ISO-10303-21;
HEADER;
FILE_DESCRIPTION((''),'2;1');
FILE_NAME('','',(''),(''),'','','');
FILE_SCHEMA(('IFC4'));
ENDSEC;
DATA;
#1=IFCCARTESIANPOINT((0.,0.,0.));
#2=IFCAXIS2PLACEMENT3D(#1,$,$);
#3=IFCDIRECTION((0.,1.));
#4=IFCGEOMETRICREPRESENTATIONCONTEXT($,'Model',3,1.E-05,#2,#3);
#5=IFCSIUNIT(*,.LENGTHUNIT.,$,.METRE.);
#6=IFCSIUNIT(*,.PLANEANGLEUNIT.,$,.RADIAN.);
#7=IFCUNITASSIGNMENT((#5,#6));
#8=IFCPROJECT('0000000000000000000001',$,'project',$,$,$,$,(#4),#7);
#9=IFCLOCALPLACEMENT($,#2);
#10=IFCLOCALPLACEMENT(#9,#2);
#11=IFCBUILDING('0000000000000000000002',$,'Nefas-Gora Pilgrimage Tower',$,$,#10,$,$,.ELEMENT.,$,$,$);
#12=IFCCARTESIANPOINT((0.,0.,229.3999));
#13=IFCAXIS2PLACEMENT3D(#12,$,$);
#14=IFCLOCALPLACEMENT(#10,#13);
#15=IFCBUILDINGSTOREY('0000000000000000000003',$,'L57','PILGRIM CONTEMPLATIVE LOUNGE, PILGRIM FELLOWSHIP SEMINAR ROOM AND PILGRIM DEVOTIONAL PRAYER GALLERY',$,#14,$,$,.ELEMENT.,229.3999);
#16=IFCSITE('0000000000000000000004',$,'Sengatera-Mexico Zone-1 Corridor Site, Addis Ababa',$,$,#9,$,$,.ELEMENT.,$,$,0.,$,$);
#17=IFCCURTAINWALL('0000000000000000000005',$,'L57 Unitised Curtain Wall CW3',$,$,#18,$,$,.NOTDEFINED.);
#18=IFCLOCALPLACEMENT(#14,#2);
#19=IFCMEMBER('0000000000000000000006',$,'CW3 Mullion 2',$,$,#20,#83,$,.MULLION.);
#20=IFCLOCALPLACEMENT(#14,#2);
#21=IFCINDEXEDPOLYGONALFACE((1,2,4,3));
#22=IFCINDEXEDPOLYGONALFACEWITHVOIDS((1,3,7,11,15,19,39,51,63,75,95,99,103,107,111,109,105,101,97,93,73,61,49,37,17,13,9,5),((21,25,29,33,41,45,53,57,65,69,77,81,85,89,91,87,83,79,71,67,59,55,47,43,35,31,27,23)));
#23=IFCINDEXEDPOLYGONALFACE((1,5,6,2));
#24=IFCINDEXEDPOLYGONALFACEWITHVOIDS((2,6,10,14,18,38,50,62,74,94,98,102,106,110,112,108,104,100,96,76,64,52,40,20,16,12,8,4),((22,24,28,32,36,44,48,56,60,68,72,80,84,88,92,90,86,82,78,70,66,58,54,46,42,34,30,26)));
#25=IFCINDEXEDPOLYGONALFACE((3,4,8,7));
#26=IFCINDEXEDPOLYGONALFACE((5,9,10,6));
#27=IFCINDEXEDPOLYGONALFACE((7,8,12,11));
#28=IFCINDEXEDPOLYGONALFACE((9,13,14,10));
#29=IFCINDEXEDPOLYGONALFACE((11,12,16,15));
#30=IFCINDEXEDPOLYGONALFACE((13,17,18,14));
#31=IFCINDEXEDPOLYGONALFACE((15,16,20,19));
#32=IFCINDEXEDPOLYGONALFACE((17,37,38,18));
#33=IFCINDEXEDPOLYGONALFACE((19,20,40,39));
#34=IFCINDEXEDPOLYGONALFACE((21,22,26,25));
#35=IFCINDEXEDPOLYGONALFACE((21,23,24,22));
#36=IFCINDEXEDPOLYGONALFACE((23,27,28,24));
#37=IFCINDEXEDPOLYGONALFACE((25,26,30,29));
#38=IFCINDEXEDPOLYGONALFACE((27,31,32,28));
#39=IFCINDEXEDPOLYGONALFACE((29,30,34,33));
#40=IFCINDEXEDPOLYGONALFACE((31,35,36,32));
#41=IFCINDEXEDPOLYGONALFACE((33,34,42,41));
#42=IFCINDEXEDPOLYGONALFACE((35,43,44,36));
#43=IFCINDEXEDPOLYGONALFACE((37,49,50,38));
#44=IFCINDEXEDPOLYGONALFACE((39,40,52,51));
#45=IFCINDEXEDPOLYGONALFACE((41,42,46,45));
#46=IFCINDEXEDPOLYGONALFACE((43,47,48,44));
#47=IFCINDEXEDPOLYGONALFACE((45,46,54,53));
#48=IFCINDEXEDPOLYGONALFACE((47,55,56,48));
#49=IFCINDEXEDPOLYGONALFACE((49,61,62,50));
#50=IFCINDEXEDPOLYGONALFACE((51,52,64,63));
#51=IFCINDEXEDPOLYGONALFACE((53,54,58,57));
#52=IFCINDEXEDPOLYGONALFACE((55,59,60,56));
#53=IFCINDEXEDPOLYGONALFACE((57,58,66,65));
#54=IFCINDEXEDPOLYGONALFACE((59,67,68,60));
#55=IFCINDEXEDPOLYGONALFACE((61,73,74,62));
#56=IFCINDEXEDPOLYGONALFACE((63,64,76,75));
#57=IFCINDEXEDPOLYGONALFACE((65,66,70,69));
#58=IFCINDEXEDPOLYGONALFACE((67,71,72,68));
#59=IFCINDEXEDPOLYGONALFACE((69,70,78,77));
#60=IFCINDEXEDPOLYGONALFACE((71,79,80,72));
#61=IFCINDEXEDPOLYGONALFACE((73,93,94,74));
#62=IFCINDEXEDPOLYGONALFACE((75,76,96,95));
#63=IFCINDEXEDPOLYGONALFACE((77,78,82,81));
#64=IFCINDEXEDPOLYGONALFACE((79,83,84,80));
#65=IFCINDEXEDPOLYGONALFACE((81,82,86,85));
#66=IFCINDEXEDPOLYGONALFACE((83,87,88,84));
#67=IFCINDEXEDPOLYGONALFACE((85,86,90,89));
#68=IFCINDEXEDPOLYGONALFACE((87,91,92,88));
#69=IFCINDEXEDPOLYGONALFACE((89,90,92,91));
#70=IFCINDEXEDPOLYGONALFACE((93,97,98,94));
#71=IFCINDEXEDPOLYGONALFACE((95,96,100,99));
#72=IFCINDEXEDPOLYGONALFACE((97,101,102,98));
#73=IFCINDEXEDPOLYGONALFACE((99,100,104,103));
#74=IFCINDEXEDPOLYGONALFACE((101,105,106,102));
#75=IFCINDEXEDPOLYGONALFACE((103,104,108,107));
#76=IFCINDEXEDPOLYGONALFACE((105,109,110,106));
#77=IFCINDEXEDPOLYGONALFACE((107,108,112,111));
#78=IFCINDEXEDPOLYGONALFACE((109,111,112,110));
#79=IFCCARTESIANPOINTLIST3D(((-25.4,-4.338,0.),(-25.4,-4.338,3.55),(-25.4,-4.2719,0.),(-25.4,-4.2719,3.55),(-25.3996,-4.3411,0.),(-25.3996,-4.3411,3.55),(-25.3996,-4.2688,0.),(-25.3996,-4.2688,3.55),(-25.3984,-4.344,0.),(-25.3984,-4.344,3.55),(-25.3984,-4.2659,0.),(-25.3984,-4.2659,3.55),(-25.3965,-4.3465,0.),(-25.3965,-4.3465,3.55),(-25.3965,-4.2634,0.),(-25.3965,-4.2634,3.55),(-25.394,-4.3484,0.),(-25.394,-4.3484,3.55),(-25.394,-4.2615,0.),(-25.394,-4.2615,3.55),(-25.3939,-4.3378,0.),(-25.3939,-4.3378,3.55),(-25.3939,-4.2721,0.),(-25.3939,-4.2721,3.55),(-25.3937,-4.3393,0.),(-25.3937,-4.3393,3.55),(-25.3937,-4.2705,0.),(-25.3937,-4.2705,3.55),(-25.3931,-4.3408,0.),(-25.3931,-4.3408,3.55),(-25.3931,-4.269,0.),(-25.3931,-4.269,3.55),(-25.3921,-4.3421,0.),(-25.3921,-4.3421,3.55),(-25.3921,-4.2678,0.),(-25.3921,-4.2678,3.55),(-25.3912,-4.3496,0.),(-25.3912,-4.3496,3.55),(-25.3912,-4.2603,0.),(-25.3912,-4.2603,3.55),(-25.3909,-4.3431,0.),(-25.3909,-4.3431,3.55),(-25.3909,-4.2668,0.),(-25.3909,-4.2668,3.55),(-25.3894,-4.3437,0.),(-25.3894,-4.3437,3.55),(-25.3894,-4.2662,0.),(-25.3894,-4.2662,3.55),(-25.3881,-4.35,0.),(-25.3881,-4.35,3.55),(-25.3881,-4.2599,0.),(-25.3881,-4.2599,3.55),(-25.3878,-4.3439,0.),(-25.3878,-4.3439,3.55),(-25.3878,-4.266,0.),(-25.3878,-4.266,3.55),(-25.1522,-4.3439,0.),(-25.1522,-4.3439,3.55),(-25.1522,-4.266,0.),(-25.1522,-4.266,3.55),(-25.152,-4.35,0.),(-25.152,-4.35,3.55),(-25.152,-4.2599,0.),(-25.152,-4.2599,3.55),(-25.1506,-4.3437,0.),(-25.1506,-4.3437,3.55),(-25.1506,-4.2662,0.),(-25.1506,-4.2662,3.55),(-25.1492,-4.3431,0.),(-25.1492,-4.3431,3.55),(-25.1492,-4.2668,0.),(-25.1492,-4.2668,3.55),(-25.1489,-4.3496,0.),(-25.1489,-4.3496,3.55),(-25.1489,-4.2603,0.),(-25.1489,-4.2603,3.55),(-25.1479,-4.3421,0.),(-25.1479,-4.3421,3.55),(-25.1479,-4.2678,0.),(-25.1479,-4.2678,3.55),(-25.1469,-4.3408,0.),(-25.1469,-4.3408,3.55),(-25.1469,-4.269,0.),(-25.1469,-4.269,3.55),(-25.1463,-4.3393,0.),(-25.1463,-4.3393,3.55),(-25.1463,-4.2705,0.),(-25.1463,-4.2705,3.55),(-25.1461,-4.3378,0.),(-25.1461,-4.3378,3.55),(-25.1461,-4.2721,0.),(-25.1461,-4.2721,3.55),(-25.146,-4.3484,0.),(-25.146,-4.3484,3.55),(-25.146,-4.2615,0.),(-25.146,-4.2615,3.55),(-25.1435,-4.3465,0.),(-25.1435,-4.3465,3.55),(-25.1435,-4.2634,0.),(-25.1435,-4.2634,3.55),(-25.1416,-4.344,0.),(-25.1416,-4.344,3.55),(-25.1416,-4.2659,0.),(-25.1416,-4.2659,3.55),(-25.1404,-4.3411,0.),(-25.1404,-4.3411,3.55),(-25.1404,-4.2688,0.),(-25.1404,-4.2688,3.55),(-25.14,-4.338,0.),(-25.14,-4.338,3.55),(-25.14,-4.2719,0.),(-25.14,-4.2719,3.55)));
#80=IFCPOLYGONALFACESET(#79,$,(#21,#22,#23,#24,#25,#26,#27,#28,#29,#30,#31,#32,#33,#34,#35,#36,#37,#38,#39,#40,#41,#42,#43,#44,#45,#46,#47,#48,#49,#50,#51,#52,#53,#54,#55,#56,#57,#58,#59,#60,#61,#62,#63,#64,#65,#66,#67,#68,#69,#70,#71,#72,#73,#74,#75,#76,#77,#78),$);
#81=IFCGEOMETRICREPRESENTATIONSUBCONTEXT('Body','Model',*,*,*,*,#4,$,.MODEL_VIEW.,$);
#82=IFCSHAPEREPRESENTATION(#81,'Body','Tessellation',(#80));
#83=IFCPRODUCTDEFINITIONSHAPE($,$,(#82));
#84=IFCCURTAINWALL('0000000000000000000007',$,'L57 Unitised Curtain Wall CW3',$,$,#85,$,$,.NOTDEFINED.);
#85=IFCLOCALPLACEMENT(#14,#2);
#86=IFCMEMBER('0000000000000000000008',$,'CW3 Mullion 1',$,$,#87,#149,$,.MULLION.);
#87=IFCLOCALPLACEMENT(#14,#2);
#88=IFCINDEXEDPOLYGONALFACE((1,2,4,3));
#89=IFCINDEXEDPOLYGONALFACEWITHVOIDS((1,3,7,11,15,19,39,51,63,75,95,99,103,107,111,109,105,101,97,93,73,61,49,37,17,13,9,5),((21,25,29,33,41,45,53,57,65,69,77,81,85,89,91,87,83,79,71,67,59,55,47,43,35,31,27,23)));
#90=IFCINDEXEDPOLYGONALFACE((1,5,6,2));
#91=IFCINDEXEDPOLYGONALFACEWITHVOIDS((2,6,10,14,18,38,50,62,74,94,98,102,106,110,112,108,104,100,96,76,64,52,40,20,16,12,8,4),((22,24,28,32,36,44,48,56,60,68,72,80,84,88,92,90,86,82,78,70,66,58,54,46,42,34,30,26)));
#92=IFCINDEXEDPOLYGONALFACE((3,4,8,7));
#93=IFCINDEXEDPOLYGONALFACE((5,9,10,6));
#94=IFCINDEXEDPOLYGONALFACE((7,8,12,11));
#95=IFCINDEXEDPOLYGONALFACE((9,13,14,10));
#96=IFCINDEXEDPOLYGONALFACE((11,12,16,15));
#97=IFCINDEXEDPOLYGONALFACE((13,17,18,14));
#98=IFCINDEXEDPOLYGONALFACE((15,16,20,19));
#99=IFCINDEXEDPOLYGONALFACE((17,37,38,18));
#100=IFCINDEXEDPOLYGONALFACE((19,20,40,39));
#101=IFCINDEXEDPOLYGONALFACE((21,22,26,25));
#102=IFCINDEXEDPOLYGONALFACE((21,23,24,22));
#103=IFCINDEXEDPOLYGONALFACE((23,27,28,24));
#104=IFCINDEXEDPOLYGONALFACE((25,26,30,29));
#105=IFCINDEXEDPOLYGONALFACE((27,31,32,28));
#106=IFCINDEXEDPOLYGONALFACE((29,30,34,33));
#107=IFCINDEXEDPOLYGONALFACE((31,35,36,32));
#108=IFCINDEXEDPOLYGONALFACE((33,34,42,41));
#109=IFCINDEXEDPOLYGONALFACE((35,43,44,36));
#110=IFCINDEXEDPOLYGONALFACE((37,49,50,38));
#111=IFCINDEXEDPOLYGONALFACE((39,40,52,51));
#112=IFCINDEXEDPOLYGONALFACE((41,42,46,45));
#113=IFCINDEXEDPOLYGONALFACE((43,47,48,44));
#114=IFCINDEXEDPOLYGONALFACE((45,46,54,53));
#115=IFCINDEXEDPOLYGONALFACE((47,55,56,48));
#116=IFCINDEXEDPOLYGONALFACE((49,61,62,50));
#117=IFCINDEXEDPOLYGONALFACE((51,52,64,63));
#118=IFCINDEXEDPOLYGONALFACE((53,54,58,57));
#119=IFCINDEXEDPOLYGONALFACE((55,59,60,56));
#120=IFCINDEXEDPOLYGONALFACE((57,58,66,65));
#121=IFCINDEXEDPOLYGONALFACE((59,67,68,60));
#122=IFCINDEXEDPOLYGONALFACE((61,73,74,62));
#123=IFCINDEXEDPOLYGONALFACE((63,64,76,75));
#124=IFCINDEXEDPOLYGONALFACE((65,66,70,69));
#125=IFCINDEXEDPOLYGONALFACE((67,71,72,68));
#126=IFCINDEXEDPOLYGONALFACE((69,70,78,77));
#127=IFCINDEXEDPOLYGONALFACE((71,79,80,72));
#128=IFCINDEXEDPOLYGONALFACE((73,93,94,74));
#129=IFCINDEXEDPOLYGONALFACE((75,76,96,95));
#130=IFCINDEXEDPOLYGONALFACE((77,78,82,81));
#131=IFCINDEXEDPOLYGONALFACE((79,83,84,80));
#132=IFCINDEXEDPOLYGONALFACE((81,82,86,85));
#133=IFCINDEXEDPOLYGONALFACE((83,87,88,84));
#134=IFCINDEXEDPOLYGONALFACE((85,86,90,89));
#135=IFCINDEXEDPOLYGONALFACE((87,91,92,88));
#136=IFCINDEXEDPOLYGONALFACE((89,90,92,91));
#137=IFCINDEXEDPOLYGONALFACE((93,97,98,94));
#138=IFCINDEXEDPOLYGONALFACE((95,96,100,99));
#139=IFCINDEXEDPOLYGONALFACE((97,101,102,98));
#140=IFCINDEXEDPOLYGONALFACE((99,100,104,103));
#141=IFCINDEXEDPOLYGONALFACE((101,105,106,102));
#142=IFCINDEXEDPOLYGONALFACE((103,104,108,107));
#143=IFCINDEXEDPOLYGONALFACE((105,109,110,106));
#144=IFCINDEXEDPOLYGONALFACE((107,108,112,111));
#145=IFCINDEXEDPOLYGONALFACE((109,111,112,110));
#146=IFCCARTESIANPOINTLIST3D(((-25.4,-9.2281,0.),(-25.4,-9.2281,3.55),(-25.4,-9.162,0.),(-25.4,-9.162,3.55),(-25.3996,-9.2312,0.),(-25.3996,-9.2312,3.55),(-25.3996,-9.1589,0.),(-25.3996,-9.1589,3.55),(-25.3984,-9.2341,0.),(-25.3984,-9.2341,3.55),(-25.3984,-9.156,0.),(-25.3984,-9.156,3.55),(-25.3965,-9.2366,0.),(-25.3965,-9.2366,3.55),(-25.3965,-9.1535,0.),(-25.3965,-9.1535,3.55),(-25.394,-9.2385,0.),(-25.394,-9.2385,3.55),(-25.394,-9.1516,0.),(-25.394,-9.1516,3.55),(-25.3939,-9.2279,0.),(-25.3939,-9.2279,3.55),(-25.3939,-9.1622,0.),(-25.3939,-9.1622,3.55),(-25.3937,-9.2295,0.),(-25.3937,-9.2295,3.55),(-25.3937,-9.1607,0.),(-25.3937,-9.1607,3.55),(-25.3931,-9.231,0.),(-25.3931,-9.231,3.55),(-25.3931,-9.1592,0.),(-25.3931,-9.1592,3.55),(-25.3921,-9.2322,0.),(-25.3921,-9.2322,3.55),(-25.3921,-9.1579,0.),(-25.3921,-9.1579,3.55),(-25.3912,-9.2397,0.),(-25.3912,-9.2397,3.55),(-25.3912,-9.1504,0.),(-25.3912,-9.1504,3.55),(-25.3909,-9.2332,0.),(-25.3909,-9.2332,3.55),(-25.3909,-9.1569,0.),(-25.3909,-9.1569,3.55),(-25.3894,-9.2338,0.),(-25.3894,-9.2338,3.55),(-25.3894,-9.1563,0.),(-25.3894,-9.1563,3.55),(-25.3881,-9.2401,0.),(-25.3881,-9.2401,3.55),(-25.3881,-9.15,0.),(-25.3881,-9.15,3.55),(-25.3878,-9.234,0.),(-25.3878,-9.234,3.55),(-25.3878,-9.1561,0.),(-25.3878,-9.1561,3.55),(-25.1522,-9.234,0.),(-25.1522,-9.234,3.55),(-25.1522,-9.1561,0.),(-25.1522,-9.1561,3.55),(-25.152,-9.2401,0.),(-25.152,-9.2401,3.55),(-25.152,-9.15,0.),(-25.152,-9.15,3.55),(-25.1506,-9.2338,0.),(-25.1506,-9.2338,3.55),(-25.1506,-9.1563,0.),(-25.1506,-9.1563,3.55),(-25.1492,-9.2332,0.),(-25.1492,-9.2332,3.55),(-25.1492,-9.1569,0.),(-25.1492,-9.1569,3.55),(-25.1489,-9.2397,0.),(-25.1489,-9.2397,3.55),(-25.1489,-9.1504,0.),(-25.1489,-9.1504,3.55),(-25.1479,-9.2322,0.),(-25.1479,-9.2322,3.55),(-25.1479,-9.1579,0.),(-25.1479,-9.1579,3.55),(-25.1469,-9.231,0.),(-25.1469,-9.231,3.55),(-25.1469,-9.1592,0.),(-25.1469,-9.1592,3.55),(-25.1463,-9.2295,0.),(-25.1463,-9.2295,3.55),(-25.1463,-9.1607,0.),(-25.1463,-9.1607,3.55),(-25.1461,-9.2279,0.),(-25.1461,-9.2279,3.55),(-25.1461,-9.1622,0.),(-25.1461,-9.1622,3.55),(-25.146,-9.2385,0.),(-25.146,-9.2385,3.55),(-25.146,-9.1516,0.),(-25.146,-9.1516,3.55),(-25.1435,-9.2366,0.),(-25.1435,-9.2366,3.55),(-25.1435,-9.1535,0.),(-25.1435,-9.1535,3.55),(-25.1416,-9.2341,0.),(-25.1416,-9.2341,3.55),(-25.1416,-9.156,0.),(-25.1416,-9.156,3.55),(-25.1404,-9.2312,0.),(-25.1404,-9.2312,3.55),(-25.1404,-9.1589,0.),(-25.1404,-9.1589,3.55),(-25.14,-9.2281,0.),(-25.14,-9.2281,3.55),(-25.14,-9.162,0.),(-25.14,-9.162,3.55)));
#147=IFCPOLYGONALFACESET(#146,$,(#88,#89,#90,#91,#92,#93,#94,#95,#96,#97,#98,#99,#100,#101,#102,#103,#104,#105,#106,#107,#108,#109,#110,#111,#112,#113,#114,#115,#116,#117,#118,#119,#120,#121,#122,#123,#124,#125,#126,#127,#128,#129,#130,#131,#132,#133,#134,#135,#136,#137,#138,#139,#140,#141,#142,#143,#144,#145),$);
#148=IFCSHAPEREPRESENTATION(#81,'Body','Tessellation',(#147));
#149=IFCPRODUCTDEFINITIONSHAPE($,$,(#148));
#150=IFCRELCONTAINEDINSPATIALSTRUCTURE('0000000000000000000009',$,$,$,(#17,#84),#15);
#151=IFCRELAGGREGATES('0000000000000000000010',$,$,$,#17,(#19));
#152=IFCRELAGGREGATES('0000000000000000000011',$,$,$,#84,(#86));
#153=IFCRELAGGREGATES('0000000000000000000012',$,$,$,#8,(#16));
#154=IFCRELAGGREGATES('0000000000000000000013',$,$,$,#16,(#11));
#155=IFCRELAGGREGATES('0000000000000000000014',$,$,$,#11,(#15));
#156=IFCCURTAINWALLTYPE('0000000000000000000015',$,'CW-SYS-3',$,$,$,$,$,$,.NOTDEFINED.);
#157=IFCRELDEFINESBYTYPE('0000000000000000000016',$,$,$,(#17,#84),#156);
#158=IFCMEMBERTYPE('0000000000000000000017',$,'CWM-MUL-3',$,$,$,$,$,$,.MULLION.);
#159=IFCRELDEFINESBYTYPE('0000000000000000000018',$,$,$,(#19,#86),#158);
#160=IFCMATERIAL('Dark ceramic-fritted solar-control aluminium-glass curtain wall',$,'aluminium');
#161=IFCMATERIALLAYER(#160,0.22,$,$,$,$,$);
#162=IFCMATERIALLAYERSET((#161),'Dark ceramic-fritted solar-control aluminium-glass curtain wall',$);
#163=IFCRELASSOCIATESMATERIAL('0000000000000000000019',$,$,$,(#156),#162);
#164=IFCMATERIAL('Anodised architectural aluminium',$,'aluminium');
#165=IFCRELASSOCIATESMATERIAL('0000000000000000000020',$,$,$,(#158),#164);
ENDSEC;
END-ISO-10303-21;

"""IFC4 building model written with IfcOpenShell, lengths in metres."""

from ifc_helpers import new_model, si_unit, direction, frame, origin, origin_2d, place, context, subcontext, project, spatial, hollow_rectangle, extrude, source, transform, mapped, material, layer, layer_set, material_profile, profile_set, type_object, element, aggregate, save


model = new_model("IFC4")

# Units and contexts
model_context = context("Model", 3, precision=1e-05, world=origin(), true_north=direction((0.0, 1.0)))
body_context = subcontext(model_context, "Body", "Model", "MODEL_VIEW")
ifc_project = project(units=[si_unit("LENGTHUNIT", "METRE"), si_unit("PLANEANGLEUNIT", "RADIAN")], contexts=[model_context])

# Site, building, storey
site_placement = place(None, origin())
site = spatial("IfcSite", under=ifc_project, at=site_placement, Name="Sengatera-Mexico Zone-1 Corridor Site, Addis Ababa", CompositionType="ELEMENT", RefElevation=0.0)
building_placement = place(site_placement, origin())
building = spatial("IfcBuilding", under=site, at=building_placement, Name="Nefas-Gora Pilgrimage Tower", CompositionType="ELEMENT")
storey_placement = place(building_placement, frame((0.0, 0.0, 229.3999)))
storey = spatial("IfcBuildingStorey", under=building, at=storey_placement, Name="L57", Description="PILGRIM CONTEMPLATIVE LOUNGE, PILGRIM FELLOWSHIP SEMINAR ROOM AND PILGRIM DEVOTIONAL PRAYER GALLERY", CompositionType="ELEMENT", Elevation=229.3999)

# Curtain wall, member
ifc_material_1 = material(Name="Dark ceramic-fritted solar-control aluminium-glass curtain wall", Category="aluminium")
ifc_layer_1 = layer(ifc_material_1, 0.22)
ifc_layer_set_1 = layer_set([ifc_layer_1], Name="Dark ceramic-fritted solar-control aluminium-glass curtain wall")
curtain_wall_type = type_object("IfcCurtainWallType", Name="CW-SYS-3", PredefinedType="NOTDEFINED", material=ifc_layer_set_1)
curtain_wall_1_placement = place(storey_placement, origin())
curtain_wall_1 = element("IfcCurtainWall", 1, at=curtain_wall_1_placement, inside=storey, type_object=curtain_wall_type, Name="L57 Unitised Curtain Wall CW3", PredefinedType="NOTDEFINED")
ifc_material_2 = material(Name="Anodised architectural aluminium", Category="aluminium")
ifc_material_profile_1 = material_profile(ifc_material_2, hollow_rectangle(XDim=0.0901, YDim=0.26, WallThickness=0.0061, InnerFilletRadius=0.0061, OuterFilletRadius=0.012, at=origin_2d()), Name="ALU MULLION 90x260")
ifc_profile_set_1 = profile_set([ifc_material_profile_1], Name="Anodised architectural aluminium")
member_type_1 = type_object("IfcMemberType", Name="CWM-MUL-3", PredefinedType="MULLION", material=ifc_profile_set_1)
shared_shape_1 = source(origin(), body_context, "Body", "SweptSolid", [
    extrude(hollow_rectangle(XDim=0.0901, YDim=0.26, WallThickness=0.0061, InnerFilletRadius=0.0061, OuterFilletRadius=0.012, at=origin_2d()), origin(), (0.0, 0.0, 1.0), 3.55),
])
member_1_placement = place(storey_placement, frame((-25.27, -4.3049, 0.0), z_axis=(0.0, 0.0, 1.0), x_axis=(0.0, -1.0, 0.0)))
member_1 = element("IfcMember", 2, at=member_1_placement, type_object=member_type_1, Name="CW3 Mullion 2", PredefinedType="MULLION", context=body_context, shape_type="MappedRepresentation", body=[
    mapped(shared_shape_1, transform((0.0, 0.0, 0.0), x_axis=(1.0, 0.0, 0.0), y_axis=(0.0, 1.0, 0.0), z_axis=(0.0, 0.0, 1.0), scale=1.0)),
])
aggregate(curtain_wall_1, [member_1])

# Curtain wall, member
curtain_wall_2_placement = place(storey_placement, origin())
curtain_wall_2 = element("IfcCurtainWall", 3, at=curtain_wall_2_placement, inside=storey, type_object=curtain_wall_type, Name="L57 Unitised Curtain Wall CW3", PredefinedType="NOTDEFINED")
member_2_placement = place(storey_placement, frame((-25.27, -9.1951, 0.0), z_axis=(0.0, 0.0, 1.0), x_axis=(0.0, -1.0, 0.0)))
member_2 = element("IfcMember", 4, at=member_2_placement, type_object=member_type_1, Name="CW3 Mullion 1", PredefinedType="MULLION", context=body_context, shape_type="MappedRepresentation", body=[
    mapped(shared_shape_1, transform((0.0, 0.0, 0.0), x_axis=(1.0, 0.0, 0.0), y_axis=(0.0, 1.0, 0.0), z_axis=(0.0, 0.0, 1.0), scale=1.0)),
])

aggregate(curtain_wall_2, [member_2])

save(model, "model.ifc")
